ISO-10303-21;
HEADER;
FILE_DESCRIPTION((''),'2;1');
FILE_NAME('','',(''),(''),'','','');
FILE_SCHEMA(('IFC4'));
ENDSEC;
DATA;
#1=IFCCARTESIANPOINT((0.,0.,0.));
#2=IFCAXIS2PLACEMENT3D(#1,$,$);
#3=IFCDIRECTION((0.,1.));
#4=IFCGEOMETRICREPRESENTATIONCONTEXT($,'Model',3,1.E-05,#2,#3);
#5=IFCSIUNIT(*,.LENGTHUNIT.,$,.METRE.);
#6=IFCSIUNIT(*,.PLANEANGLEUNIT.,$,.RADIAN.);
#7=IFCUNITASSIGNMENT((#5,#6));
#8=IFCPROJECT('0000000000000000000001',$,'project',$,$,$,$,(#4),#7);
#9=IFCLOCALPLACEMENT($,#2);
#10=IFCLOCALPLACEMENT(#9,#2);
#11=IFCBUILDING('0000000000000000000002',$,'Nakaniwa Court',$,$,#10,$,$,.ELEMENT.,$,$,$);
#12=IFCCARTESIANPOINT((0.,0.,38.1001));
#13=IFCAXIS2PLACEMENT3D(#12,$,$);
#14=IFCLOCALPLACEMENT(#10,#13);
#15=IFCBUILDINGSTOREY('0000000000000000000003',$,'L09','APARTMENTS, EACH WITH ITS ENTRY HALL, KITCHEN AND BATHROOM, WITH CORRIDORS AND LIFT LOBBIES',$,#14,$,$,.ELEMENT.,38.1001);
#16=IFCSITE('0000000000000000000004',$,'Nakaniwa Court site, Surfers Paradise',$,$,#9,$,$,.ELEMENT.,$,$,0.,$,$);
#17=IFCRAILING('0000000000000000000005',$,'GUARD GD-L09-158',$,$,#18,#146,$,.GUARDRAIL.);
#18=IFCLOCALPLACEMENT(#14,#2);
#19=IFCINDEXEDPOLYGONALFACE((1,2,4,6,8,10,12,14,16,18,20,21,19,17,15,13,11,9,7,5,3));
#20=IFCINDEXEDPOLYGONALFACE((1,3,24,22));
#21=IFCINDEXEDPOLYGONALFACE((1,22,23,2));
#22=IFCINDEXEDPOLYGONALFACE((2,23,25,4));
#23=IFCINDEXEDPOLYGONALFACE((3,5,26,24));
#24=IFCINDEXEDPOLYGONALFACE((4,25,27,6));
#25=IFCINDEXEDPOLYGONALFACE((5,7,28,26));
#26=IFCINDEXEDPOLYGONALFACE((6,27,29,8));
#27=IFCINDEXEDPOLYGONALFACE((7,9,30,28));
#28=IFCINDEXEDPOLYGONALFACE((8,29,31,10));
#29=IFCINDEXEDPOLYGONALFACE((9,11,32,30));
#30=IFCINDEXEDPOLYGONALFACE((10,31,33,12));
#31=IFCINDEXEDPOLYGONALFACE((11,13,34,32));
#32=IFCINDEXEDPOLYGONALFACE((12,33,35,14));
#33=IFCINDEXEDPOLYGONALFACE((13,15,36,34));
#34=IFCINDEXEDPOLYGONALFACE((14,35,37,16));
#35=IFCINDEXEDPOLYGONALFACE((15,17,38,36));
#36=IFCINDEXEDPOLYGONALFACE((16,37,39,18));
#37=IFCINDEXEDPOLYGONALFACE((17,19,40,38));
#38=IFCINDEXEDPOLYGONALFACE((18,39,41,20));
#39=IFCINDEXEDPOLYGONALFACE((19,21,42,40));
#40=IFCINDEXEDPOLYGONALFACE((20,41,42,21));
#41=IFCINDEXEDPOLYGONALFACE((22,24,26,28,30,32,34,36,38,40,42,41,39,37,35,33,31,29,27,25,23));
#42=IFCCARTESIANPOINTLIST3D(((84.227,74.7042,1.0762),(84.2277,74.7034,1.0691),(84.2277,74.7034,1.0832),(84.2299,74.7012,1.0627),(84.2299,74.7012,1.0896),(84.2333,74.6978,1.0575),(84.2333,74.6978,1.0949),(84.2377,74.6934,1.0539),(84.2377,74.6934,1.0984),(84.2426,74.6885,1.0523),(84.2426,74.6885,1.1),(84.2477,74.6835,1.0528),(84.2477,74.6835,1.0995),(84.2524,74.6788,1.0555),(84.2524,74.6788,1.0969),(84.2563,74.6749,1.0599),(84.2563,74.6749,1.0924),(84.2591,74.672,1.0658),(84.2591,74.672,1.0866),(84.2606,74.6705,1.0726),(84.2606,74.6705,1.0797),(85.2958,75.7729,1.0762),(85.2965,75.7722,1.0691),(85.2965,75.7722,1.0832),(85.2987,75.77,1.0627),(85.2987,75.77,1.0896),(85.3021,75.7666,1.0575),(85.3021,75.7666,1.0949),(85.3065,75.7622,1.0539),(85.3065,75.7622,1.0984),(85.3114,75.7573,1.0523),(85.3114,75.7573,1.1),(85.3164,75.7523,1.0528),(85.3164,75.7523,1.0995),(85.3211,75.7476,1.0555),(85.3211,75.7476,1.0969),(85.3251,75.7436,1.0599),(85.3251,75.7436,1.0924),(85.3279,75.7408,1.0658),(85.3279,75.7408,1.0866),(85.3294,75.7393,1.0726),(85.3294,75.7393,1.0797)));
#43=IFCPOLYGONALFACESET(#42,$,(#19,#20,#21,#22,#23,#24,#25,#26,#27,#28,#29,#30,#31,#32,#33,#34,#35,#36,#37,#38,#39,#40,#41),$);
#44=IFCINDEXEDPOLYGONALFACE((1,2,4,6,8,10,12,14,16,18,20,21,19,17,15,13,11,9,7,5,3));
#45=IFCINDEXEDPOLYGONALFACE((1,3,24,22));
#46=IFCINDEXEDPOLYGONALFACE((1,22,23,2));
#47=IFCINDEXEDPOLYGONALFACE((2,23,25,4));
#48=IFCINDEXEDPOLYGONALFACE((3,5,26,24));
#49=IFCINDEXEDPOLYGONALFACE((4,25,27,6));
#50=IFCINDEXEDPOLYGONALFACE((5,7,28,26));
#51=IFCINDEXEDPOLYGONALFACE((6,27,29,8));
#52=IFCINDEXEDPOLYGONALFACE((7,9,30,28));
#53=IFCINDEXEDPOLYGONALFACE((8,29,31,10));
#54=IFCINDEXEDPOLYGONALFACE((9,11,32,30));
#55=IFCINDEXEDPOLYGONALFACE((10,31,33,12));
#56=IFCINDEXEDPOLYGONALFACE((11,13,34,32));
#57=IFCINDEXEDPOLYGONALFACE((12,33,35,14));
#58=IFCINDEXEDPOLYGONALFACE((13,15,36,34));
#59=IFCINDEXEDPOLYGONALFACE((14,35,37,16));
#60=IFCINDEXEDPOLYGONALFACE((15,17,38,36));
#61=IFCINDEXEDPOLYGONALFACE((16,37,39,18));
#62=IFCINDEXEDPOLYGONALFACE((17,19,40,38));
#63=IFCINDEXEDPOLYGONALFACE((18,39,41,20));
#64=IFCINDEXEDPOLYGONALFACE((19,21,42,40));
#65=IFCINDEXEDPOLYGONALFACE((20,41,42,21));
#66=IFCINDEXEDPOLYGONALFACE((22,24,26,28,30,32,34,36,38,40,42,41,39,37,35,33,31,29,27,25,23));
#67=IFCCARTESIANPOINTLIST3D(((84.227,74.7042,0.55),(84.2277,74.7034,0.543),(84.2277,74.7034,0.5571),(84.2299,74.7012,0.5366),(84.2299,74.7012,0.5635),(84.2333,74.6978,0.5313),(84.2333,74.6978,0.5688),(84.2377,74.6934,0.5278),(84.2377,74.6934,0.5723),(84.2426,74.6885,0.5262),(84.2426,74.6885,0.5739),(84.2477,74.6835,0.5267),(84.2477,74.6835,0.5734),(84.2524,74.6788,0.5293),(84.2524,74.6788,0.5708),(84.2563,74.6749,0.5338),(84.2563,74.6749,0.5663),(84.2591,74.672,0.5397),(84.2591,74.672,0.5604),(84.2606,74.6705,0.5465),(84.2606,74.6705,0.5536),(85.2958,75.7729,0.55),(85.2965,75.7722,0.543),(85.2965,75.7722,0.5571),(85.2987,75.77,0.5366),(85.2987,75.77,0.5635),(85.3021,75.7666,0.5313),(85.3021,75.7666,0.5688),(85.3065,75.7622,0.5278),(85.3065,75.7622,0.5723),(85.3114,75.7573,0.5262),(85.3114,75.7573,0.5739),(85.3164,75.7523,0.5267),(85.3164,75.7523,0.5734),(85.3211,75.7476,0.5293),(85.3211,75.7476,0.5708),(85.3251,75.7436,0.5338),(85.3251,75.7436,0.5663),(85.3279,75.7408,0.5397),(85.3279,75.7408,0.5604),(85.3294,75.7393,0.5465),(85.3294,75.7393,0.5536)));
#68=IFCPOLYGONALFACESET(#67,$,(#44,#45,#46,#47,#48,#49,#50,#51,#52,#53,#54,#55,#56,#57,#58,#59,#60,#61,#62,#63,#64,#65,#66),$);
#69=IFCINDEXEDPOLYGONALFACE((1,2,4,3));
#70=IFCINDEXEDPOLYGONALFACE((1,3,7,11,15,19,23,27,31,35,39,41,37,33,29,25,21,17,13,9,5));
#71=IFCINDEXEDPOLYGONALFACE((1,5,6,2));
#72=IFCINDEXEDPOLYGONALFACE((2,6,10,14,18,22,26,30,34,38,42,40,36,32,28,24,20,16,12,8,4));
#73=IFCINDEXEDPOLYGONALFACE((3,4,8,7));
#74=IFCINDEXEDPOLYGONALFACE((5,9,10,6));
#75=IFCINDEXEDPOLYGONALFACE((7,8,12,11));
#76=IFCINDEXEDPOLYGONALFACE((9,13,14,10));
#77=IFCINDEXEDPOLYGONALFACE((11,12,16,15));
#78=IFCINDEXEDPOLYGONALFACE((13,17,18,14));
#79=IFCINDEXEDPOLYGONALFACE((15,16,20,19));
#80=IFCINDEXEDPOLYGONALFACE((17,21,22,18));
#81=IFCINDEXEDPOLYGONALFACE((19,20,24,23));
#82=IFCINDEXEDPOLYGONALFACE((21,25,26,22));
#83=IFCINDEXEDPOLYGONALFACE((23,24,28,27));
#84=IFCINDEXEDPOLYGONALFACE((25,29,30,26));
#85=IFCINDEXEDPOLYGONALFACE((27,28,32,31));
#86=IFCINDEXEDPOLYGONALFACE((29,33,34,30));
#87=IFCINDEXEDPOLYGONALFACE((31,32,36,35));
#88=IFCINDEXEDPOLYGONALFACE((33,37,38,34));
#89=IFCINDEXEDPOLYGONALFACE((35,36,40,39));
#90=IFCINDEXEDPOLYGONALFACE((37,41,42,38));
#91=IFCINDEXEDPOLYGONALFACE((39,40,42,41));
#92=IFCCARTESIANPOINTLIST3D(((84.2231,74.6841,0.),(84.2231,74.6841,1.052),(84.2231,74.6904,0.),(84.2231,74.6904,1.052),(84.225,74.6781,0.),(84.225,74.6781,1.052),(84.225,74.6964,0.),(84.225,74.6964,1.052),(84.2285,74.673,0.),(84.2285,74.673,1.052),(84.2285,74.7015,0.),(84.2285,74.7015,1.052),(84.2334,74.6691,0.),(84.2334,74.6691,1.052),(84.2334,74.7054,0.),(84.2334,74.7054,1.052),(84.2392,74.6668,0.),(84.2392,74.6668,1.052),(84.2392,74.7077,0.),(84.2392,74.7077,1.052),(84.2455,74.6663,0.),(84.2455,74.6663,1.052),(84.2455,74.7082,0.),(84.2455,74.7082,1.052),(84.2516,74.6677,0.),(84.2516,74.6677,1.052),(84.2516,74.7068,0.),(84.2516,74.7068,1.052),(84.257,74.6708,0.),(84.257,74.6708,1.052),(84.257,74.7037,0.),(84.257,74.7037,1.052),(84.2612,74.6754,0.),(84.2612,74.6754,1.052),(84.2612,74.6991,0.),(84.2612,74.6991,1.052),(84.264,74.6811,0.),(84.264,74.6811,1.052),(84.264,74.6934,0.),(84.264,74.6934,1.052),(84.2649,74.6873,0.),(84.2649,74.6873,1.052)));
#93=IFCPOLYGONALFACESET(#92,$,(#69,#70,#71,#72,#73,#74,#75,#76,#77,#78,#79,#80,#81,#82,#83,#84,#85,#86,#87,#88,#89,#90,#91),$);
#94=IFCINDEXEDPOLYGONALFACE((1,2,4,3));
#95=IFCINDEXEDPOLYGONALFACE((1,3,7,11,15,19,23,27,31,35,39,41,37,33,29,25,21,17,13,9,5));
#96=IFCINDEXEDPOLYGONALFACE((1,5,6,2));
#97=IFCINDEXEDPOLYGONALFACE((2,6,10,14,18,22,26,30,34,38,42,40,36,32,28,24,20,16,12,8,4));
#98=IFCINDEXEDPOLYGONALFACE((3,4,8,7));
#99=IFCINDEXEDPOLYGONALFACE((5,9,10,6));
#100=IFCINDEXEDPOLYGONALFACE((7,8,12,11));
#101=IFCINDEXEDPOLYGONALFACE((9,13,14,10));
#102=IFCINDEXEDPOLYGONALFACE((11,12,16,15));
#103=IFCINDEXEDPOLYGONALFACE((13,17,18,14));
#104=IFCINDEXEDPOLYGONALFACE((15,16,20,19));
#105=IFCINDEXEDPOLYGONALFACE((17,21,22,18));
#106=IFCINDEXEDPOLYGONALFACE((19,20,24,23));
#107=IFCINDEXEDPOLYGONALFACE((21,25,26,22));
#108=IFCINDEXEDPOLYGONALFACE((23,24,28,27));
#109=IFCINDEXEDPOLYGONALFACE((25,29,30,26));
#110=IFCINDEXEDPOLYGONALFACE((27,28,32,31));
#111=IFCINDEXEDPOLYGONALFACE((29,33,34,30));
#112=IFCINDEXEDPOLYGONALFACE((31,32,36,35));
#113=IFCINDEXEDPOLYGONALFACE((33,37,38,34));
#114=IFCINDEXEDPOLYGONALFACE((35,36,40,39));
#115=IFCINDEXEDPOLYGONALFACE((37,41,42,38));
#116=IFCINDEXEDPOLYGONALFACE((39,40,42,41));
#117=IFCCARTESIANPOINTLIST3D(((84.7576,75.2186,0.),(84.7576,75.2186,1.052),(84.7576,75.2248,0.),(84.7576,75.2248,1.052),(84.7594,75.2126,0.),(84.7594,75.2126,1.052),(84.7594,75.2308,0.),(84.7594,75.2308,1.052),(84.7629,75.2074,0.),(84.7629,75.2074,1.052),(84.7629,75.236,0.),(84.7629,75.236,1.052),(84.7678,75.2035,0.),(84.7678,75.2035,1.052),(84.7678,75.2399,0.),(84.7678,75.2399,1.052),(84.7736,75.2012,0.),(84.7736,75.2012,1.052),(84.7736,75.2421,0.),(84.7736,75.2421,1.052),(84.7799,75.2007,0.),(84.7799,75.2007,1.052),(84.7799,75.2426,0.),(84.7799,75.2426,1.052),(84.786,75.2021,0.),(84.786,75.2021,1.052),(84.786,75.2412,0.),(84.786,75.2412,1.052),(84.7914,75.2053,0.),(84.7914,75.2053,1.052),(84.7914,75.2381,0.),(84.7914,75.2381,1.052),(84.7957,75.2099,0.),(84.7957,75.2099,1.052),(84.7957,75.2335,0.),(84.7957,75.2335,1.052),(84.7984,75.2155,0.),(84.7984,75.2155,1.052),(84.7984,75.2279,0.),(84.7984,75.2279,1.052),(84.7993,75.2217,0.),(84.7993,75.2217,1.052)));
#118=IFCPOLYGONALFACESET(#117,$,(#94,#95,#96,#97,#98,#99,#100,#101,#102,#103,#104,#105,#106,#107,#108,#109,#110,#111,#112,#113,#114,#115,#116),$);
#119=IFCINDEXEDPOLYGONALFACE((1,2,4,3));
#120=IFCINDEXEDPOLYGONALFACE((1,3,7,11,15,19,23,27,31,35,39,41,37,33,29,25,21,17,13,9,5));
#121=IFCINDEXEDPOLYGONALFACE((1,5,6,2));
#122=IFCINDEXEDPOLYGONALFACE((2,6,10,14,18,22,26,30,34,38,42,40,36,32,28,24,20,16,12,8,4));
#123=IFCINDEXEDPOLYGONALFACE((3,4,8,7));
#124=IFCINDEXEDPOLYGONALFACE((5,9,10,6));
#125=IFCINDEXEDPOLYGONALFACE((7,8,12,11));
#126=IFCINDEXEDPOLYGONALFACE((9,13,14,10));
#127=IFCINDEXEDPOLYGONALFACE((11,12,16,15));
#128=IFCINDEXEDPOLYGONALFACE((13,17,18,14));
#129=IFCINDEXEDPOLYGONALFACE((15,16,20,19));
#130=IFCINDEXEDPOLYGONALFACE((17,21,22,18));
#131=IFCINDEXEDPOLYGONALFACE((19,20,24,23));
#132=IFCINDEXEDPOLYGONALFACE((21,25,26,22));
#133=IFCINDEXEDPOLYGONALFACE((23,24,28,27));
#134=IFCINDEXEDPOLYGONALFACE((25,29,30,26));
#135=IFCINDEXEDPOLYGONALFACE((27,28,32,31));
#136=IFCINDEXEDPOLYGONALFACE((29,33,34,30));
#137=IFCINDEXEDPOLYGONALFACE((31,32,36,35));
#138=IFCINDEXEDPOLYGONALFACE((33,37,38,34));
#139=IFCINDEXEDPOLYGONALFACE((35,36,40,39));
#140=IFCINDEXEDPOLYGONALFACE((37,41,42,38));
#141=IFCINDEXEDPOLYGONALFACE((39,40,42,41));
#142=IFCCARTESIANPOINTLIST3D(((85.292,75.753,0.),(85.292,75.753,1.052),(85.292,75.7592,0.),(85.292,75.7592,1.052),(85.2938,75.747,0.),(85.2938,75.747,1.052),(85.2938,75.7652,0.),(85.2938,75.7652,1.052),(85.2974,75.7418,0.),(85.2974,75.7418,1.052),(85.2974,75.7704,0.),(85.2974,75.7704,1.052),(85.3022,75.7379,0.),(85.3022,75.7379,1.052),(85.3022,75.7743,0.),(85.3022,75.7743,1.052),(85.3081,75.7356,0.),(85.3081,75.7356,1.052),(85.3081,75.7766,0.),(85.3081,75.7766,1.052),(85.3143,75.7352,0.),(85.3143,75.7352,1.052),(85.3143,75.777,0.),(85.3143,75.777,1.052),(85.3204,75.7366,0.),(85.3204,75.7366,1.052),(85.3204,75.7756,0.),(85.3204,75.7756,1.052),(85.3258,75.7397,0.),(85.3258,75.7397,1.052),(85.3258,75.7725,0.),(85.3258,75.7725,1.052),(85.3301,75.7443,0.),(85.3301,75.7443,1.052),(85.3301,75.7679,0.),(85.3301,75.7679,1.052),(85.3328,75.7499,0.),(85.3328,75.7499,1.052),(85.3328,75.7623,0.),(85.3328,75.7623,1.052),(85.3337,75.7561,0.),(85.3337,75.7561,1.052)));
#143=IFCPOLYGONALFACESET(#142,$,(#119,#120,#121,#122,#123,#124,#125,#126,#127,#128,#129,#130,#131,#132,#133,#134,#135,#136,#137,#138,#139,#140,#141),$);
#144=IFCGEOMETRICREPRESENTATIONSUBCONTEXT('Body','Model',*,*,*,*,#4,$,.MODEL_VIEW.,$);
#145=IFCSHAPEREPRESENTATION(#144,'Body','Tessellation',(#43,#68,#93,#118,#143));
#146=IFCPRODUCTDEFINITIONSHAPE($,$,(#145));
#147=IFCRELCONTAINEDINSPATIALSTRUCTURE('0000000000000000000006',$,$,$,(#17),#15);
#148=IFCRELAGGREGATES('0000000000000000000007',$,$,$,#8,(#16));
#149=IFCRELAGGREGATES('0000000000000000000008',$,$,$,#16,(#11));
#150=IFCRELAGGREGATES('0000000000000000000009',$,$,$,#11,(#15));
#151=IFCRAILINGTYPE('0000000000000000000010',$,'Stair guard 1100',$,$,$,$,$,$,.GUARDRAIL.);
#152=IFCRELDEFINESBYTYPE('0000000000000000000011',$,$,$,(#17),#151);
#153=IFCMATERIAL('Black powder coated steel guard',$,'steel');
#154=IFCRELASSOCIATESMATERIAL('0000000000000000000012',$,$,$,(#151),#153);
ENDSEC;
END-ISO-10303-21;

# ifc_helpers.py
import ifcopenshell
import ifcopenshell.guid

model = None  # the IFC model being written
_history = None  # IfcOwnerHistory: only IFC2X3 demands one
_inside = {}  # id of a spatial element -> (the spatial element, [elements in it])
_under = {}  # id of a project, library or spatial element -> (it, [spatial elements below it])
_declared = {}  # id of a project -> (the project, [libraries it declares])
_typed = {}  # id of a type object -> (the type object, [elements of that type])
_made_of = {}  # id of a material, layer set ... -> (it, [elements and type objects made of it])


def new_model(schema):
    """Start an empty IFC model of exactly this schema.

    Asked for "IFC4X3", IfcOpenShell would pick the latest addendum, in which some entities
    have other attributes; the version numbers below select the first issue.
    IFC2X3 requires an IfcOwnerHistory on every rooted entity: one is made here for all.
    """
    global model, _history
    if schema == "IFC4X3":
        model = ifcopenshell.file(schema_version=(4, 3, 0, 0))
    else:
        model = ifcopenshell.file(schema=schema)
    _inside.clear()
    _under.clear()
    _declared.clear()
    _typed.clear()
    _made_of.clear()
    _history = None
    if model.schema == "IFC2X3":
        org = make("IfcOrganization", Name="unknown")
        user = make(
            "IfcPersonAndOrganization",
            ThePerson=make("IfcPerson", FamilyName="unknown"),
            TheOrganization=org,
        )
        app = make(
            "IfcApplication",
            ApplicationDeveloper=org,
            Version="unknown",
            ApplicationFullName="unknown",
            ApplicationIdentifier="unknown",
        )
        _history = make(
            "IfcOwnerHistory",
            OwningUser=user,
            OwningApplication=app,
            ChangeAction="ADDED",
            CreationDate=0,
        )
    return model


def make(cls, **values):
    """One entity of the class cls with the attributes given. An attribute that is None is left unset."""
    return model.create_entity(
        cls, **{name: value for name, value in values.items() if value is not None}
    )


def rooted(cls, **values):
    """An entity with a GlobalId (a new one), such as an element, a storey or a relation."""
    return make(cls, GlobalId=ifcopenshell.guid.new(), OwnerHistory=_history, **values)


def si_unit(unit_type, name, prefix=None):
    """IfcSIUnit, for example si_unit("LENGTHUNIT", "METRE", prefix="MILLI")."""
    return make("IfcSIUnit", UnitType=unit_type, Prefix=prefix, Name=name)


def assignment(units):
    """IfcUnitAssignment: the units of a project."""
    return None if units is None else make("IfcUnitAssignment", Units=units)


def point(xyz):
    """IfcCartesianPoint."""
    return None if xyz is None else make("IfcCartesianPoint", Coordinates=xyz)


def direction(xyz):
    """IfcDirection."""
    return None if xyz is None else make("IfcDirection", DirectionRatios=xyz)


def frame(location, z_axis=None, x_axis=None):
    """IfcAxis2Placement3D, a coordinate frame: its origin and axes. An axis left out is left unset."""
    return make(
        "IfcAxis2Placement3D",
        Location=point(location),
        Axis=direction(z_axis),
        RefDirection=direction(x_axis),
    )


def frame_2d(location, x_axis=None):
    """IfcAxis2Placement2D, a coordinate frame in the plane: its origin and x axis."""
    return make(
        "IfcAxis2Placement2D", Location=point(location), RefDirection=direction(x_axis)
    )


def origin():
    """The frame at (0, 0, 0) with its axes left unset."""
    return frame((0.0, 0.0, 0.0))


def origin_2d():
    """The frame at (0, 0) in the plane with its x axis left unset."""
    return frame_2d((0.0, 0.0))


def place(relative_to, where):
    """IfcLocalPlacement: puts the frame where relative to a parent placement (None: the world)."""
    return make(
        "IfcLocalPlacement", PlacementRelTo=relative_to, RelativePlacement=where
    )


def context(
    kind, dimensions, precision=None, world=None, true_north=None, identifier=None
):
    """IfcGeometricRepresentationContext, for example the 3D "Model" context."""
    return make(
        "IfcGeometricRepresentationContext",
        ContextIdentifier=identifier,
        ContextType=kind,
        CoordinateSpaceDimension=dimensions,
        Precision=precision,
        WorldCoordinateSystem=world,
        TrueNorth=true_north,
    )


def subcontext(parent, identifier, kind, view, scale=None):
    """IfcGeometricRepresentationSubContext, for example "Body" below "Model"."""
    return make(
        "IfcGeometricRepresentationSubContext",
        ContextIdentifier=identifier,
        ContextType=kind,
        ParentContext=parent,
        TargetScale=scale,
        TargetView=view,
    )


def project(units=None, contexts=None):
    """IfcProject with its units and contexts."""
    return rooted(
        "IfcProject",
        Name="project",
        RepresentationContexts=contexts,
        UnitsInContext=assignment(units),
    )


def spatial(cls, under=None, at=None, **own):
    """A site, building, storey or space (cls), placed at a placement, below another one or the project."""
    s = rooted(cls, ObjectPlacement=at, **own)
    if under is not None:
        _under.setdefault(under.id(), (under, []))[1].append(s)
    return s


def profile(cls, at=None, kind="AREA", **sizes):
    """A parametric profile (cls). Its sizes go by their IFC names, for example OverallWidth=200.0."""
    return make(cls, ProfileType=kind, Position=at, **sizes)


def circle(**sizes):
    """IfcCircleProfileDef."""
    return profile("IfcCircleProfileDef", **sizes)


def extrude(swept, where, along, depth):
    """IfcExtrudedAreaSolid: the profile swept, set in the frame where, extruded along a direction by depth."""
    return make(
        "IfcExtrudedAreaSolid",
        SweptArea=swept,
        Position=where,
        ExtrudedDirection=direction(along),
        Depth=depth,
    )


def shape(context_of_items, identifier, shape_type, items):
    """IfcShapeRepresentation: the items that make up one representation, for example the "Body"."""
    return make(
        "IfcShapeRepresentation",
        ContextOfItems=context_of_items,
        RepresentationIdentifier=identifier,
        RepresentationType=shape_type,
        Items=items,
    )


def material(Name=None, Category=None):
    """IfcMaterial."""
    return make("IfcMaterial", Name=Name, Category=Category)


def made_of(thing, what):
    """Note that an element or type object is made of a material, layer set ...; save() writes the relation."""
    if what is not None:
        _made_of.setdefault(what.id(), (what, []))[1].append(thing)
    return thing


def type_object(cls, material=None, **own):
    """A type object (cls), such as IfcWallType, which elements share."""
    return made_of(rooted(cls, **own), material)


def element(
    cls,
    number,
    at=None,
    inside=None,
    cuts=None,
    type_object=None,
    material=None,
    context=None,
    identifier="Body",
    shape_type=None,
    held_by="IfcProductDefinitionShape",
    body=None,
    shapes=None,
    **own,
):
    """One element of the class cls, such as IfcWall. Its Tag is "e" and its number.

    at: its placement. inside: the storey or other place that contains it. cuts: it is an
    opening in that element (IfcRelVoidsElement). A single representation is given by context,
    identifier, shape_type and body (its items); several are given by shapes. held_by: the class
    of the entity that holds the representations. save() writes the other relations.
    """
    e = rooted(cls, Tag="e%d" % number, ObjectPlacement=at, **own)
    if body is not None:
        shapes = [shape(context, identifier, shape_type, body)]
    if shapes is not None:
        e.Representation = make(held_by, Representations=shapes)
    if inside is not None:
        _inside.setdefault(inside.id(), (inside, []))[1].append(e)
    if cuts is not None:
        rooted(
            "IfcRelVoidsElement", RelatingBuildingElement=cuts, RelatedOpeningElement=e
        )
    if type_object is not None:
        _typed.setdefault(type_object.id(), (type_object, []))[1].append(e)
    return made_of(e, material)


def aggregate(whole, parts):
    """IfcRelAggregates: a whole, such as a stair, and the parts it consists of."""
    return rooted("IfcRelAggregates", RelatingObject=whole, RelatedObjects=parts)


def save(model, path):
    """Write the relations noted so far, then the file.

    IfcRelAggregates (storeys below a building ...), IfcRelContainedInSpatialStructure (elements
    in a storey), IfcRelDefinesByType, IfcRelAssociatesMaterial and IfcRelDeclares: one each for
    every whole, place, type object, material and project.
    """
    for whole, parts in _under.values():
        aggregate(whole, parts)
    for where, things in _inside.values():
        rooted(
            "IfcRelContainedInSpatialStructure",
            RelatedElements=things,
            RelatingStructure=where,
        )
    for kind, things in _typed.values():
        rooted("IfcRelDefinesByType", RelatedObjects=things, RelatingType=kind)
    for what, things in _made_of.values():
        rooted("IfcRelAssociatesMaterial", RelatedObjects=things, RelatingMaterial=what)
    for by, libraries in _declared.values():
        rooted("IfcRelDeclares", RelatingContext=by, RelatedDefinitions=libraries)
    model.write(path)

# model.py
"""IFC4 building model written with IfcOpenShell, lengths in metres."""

from ifc_helpers import new_model, si_unit, direction, frame, origin, origin_2d, place, context, subcontext, project, spatial, circle, extrude, material, type_object, element, save


model = new_model("IFC4")

# Units and contexts
model_context = context("Model", 3, precision=1e-05, world=origin(), true_north=direction((0.0, 1.0)))
body_context = subcontext(model_context, "Body", "Model", "MODEL_VIEW")
ifc_project = project(units=[si_unit("LENGTHUNIT", "METRE"), si_unit("PLANEANGLEUNIT", "RADIAN")], contexts=[model_context])

# Site, building, storey
site_placement = place(None, origin())
site = spatial("IfcSite", under=ifc_project, at=site_placement, Name="Nakaniwa Court site, Surfers Paradise", CompositionType="ELEMENT", RefElevation=0.0)
building_placement = place(site_placement, origin())
building = spatial("IfcBuilding", under=site, at=building_placement, Name="Nakaniwa Court", CompositionType="ELEMENT")
storey_placement = place(building_placement, frame((0.0, 0.0, 38.1001)))
storey = spatial("IfcBuildingStorey", under=building, at=storey_placement, Name="L09", Description="APARTMENTS, EACH WITH ITS ENTRY HALL, KITCHEN AND BATHROOM, WITH CORRIDORS AND LIFT LOBBIES", CompositionType="ELEMENT", Elevation=38.1001)

# Railing
ifc_material_1 = material(Name="Black powder coated steel guard", Category="steel")
railing_type = type_object("IfcRailingType", Name="Stair guard 1100", PredefinedType="GUARDRAIL", material=ifc_material_1)
railing_1_placement = place(storey_placement, frame((84.2439, 74.6873, 0.0)))
element("IfcRailing", 1, at=railing_1_placement, inside=storey, type_object=railing_type, Name="GUARD GD-L09-158", PredefinedType="GUARDRAIL", context=body_context, shape_type="SweptSolid", body=[
    extrude(circle(Radius=0.0239, at=origin_2d()), frame((0.0, 0.0, 1.0762), z_axis=(0.707107, 0.707107, 0.0), x_axis=(-0.707107, 0.707107, 0.0)), (0.0, 0.0, 1.0), 1.5115),
    extrude(circle(Radius=0.0239, at=origin_2d()), frame((0.0, 0.0, 0.55), z_axis=(0.707107, 0.707107, 0.0), x_axis=(-0.707107, 0.707107, 0.0)), (0.0, 0.0, 1.0), 1.5115),
    extrude(circle(Radius=0.021, at=origin_2d()), origin(), (0.0, 0.0, 1.0), 1.052),
    extrude(circle(Radius=0.021, at=origin_2d()), frame((0.5344, 0.5344, 0.0)), (0.0, 0.0, 1.0), 1.052),
    extrude(circle(Radius=0.021, at=origin_2d()), frame((1.0688, 1.0688, 0.0)), (0.0, 0.0, 1.0), 1.052),
])

save(model, "model.ifc")
